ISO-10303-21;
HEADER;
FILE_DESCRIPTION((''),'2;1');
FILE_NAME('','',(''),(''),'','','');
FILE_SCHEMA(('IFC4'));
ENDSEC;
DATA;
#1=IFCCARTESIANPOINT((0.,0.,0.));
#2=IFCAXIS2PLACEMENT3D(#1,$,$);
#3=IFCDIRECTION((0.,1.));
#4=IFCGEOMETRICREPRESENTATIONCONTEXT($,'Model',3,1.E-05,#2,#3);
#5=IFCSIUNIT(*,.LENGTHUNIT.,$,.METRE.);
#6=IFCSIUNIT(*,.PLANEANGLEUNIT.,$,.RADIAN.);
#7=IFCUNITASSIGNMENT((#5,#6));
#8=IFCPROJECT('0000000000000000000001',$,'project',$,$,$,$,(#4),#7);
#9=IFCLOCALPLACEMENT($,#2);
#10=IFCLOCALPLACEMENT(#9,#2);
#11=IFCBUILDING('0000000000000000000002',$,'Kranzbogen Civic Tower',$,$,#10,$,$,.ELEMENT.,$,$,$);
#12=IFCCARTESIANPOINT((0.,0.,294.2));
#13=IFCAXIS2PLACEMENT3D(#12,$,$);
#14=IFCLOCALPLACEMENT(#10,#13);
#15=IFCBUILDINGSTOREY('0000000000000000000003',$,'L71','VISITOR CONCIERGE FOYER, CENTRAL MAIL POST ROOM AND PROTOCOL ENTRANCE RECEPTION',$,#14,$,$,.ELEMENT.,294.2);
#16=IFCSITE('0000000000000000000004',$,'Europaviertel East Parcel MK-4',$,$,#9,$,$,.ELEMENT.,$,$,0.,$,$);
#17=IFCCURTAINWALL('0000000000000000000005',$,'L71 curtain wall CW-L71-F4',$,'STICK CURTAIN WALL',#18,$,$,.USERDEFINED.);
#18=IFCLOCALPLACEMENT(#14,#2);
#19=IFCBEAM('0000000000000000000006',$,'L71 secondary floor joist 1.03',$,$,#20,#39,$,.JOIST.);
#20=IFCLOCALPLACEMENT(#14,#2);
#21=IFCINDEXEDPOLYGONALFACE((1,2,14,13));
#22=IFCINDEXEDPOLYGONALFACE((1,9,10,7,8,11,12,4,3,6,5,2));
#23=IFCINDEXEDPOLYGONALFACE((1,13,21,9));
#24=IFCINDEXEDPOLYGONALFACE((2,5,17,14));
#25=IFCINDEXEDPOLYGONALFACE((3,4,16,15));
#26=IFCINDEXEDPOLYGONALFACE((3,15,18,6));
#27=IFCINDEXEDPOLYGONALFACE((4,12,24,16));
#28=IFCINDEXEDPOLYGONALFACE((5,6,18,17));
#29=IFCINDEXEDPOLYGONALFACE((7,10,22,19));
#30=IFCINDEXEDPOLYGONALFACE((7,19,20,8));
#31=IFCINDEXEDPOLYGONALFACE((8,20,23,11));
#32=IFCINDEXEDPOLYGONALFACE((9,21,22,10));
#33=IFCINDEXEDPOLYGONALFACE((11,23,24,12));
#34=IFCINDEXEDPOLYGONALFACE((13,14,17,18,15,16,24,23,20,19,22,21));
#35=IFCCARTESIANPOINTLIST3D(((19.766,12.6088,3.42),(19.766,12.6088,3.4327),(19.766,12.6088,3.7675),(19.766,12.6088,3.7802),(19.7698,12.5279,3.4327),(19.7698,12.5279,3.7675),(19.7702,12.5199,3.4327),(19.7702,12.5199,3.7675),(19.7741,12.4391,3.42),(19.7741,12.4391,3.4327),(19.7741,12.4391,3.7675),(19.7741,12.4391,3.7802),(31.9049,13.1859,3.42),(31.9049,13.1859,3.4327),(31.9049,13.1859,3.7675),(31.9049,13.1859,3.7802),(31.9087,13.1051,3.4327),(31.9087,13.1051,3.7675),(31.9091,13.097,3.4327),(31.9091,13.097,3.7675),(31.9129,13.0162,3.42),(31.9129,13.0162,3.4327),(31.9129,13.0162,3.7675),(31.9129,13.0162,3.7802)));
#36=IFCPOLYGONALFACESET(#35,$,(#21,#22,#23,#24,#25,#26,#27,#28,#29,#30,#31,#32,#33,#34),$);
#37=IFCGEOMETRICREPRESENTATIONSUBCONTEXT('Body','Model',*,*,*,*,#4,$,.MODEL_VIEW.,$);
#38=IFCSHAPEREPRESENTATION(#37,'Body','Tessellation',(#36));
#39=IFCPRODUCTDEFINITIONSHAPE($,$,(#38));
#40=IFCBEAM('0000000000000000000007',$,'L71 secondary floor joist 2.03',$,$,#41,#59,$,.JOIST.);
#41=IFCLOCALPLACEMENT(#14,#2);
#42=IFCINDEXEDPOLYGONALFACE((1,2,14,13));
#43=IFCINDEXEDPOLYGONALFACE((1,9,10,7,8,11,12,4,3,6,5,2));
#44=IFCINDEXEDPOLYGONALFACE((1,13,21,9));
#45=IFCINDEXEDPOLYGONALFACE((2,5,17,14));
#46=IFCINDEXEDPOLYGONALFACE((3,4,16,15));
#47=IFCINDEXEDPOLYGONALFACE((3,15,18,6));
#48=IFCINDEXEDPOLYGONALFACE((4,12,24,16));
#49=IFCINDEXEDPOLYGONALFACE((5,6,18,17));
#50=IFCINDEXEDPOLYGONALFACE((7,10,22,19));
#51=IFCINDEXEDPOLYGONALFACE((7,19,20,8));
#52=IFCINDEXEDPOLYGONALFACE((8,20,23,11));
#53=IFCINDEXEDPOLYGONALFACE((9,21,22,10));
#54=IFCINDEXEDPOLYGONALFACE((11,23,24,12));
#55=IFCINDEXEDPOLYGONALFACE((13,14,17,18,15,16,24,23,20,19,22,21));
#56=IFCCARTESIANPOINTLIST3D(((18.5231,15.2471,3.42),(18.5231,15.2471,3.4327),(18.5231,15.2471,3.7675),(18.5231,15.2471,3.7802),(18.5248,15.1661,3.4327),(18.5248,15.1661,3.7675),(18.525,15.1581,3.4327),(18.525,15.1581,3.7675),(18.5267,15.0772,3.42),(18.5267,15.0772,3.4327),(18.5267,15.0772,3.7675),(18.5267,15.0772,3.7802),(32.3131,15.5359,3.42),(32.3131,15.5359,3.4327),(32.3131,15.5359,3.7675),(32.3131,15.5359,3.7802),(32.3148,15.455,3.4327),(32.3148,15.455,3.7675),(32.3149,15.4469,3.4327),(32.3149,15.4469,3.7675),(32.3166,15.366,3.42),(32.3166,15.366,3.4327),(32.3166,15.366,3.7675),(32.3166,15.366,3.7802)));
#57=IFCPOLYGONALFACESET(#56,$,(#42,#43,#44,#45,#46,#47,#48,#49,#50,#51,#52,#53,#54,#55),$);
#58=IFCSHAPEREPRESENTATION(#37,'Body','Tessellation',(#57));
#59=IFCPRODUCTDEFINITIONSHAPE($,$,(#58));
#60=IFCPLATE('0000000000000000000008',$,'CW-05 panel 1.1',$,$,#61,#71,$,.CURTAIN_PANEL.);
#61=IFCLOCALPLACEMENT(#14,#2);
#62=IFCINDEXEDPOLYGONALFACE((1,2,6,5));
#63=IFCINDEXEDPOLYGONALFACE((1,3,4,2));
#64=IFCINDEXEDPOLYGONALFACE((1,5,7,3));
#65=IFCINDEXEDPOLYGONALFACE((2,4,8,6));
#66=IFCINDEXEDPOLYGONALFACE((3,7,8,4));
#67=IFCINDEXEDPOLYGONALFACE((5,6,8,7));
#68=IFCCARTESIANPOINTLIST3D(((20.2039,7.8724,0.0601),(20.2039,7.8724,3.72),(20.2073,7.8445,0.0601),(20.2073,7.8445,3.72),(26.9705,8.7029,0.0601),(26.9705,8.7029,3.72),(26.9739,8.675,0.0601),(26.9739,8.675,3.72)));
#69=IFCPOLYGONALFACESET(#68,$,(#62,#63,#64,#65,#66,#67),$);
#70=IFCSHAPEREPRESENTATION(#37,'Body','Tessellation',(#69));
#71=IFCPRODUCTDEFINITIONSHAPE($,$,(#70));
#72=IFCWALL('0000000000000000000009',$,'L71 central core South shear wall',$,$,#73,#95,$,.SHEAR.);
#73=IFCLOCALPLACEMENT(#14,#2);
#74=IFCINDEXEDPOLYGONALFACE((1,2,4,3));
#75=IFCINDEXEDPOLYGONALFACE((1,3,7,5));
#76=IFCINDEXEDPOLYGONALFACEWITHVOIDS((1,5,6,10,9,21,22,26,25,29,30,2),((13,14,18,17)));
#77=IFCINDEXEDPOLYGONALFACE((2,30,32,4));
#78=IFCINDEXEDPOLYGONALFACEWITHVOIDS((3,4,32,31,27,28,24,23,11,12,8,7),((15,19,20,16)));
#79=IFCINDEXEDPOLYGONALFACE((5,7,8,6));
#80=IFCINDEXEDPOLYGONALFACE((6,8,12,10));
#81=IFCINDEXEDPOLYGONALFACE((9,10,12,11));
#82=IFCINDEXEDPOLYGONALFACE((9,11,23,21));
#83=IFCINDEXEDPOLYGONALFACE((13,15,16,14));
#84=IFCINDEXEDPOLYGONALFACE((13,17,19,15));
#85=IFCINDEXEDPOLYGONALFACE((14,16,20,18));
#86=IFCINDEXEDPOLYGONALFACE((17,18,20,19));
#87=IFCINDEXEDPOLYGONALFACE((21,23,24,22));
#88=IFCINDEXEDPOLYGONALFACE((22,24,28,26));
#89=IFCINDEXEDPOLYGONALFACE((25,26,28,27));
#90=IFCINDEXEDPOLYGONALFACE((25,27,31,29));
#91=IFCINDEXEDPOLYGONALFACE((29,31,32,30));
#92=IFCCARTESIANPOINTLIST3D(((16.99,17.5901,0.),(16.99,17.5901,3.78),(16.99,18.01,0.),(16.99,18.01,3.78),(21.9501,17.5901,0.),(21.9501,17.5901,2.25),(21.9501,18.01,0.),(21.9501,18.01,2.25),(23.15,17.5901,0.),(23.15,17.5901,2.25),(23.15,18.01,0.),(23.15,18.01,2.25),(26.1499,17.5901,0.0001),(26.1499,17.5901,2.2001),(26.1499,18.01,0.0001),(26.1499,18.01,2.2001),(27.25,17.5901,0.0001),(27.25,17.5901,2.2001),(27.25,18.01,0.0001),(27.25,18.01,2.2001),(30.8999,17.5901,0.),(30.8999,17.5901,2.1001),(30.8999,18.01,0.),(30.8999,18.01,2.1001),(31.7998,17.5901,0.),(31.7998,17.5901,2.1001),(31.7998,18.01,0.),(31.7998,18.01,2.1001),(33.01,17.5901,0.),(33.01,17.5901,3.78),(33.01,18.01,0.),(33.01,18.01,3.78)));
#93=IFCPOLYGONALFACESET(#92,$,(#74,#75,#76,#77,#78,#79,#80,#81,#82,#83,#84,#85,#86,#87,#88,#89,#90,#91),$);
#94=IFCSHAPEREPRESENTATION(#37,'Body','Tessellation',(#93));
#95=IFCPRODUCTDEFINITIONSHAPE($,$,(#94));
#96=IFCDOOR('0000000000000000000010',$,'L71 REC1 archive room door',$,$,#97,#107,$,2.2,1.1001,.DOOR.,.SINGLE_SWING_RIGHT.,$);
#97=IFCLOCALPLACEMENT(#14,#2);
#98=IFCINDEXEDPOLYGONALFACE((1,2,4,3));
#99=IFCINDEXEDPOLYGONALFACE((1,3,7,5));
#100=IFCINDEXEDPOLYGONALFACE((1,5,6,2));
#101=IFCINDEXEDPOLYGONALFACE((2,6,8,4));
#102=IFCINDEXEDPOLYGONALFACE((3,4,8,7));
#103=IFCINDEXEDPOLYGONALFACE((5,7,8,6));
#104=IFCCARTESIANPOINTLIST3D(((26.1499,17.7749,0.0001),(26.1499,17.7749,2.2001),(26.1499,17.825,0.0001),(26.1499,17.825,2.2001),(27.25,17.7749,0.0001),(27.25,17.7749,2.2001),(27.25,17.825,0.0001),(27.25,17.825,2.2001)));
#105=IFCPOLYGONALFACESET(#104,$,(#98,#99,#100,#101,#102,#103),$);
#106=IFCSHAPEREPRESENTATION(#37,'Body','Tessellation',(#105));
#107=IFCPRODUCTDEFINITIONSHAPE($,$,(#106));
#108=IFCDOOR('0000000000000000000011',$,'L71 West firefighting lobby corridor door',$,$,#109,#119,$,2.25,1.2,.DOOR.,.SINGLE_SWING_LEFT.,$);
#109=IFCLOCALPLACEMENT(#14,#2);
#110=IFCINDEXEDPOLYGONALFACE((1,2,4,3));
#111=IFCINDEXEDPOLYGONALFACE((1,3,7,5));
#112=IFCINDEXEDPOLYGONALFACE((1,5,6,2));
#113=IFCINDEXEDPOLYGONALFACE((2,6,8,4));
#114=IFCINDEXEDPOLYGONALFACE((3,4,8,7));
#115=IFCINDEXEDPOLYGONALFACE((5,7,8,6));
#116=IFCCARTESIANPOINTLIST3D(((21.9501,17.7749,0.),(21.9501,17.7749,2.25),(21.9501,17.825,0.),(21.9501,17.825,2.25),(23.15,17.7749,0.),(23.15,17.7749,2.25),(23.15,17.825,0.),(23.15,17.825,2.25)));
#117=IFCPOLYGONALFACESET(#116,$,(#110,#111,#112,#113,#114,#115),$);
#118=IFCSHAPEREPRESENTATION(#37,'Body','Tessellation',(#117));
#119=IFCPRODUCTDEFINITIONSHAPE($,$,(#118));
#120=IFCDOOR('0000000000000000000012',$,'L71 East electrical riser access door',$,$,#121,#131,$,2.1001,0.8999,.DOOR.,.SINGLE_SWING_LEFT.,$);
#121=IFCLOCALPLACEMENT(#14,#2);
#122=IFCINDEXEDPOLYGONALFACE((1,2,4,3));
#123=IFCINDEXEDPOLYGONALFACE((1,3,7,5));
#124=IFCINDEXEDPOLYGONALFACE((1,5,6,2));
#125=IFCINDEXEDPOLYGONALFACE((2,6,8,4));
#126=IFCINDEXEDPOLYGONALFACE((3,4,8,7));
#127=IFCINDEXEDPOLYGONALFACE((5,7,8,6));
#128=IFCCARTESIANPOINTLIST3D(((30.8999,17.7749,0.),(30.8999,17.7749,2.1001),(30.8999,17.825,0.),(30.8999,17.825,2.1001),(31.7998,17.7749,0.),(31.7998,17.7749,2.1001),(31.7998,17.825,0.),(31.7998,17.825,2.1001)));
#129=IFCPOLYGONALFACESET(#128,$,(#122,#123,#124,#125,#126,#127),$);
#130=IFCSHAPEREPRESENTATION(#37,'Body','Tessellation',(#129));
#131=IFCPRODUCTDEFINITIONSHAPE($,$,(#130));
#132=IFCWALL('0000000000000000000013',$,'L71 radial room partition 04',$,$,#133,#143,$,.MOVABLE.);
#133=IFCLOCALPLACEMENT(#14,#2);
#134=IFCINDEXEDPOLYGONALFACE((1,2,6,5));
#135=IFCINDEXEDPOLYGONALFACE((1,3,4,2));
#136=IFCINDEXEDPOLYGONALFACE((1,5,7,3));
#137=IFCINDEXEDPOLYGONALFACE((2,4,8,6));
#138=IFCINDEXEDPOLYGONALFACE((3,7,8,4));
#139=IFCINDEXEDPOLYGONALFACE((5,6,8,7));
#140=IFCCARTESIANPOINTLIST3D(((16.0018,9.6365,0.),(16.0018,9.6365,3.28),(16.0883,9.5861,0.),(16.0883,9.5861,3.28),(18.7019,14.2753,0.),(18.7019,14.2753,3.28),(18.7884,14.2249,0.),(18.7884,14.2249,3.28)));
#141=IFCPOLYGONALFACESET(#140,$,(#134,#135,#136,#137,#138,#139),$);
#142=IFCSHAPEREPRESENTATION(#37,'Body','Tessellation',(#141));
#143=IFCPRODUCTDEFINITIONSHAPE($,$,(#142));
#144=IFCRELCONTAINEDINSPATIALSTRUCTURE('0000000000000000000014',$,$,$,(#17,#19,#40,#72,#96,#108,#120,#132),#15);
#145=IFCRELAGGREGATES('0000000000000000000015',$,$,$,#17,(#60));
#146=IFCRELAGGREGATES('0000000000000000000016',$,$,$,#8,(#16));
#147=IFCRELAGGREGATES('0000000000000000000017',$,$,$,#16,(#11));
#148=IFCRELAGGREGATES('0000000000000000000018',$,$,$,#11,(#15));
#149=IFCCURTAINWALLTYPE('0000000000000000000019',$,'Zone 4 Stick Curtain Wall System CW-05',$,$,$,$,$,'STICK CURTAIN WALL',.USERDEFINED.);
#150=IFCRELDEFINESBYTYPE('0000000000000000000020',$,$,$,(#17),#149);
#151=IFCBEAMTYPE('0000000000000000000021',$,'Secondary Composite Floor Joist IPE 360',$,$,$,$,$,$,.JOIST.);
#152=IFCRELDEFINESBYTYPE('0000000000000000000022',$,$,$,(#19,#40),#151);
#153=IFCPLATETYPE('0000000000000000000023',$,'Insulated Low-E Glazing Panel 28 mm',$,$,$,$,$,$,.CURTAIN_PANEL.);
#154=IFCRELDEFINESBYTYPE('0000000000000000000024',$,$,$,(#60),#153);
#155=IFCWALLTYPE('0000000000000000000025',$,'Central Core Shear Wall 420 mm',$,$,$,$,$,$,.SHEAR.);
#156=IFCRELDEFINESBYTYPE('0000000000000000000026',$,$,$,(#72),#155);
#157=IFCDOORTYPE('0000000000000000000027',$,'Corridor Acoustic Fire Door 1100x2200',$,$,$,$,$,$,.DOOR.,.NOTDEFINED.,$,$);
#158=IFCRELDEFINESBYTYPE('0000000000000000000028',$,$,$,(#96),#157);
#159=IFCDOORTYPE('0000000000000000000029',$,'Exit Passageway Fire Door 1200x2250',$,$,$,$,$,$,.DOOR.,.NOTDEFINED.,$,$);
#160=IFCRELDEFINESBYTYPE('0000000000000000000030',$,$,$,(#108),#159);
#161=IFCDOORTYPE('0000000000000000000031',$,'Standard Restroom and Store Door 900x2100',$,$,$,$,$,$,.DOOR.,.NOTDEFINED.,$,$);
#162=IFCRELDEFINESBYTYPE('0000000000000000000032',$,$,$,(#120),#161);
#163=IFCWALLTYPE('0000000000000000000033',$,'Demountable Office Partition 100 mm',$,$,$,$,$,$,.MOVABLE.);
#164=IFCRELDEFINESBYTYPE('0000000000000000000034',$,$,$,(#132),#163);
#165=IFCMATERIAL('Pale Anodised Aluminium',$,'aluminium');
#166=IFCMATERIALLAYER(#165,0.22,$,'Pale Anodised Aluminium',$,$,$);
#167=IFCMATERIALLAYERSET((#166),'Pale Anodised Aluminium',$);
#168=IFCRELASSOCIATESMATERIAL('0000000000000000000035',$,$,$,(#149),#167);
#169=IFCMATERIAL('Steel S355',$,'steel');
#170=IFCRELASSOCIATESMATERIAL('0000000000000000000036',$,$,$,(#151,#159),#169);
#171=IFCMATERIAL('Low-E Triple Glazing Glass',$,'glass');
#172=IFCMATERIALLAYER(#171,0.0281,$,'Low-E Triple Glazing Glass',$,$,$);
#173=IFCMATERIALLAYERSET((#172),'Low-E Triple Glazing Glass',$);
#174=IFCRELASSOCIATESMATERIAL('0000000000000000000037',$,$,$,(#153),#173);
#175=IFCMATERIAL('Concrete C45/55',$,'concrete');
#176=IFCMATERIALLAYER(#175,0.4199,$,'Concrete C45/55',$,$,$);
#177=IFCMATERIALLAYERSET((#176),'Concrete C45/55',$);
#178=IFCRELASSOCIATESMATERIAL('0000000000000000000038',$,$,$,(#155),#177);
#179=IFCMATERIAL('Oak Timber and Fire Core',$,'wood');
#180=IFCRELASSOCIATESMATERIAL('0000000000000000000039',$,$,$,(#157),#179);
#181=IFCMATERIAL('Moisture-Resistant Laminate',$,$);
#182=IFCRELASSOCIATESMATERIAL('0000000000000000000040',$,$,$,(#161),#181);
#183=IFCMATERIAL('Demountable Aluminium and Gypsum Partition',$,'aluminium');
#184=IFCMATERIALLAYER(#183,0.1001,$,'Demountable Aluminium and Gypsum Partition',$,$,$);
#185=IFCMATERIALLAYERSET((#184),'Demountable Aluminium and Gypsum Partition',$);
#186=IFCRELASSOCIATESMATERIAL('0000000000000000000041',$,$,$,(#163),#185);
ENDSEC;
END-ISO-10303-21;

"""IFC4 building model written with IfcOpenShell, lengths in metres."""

from ifc_helpers import new_model, si_unit, direction, frame, frame_2d, origin, origin_2d, place, context, subcontext, project, spatial, rectangle, i_section, extrude, material, layer, layer_set, material_profile, profile_set, type_object, element, fill, aggregate, save


model = new_model("IFC4")

# Units and contexts
model_context = context("Model", 3, precision=1e-05, world=origin(), true_north=direction((0.0, 1.0)))
body_context = subcontext(model_context, "Body", "Model", "MODEL_VIEW")
ifc_project = project(units=[si_unit("LENGTHUNIT", "METRE"), si_unit("PLANEANGLEUNIT", "RADIAN")], contexts=[model_context])

# Site, building, storey
site_placement = place(None, origin())
site = spatial("IfcSite", under=ifc_project, at=site_placement, Name="Europaviertel East Parcel MK-4", CompositionType="ELEMENT", RefElevation=0.0)
building_placement = place(site_placement, origin())
building = spatial("IfcBuilding", under=site, at=building_placement, Name="Kranzbogen Civic Tower", CompositionType="ELEMENT")
storey_placement = place(building_placement, frame((0.0, 0.0, 294.2)))
storey = spatial("IfcBuildingStorey", under=building, at=storey_placement, Name="L71", Description="VISITOR CONCIERGE FOYER, CENTRAL MAIL POST ROOM AND PROTOCOL ENTRANCE RECEPTION", CompositionType="ELEMENT", Elevation=294.2)

# Shared definitions
ifc_material_1 = material(Name="Steel S355", Category="steel")

# Curtain wall
ifc_material_2 = material(Name="Pale Anodised Aluminium", Category="aluminium")
ifc_layer_1 = layer(ifc_material_2, 0.22, Name="Pale Anodised Aluminium")
ifc_layer_set_1 = layer_set([ifc_layer_1], Name="Pale Anodised Aluminium")
curtain_wall_type = type_object("IfcCurtainWallType", Name="Zone 4 Stick Curtain Wall System CW-05", ElementType="STICK CURTAIN WALL", PredefinedType="USERDEFINED", material=ifc_layer_set_1)
curtain_wall_placement = place(storey_placement, origin())
curtain_wall = element("IfcCurtainWall", 1, at=curtain_wall_placement, inside=storey, type_object=curtain_wall_type, Name="L71 curtain wall CW-L71-F4", ObjectType="STICK CURTAIN WALL", PredefinedType="USERDEFINED")

# Beams
ifc_material_profile_1 = material_profile(ifc_material_1, i_section(OverallWidth=0.1699, OverallDepth=0.3601, WebThickness=0.0081, FlangeThickness=0.0127, at=origin_2d()), Name="IPE 360")
ifc_profile_set_1 = profile_set([ifc_material_profile_1], Name="Steel S355")
beam_type_1 = type_object("IfcBeamType", Name="Secondary Composite Floor Joist IPE 360", PredefinedType="JOIST", material=ifc_profile_set_1)
beam_1_placement = place(storey_placement, frame((19.77, 12.5239, 3.6001), z_axis=(0.998872, 0.047492, 0.0), x_axis=(-0.047492, 0.998872, 0.0)))
element("IfcBeam", 2, at=beam_1_placement, inside=storey, type_object=beam_type_1, Name="L71 secondary floor joist 1.03", PredefinedType="JOIST", context=body_context, shape_type="SweptSolid", body=[
    extrude(i_section(OverallWidth=0.1699, OverallDepth=0.3601, WebThickness=0.0081, FlangeThickness=0.0127, at=origin_2d()), origin(), (0.0, 0.0, 1.0), 12.1526),
])
beam_2_placement = place(storey_placement, frame((18.5249, 15.1621, 3.6001), z_axis=(0.999781, 0.020939, 0.0), x_axis=(-0.020939, 0.999781, 0.0)))
element("IfcBeam", 3, at=beam_2_placement, inside=storey, type_object=beam_type_1, Name="L71 secondary floor joist 2.03", PredefinedType="JOIST", context=body_context, shape_type="SweptSolid", body=[
    extrude(i_section(OverallWidth=0.1699, OverallDepth=0.3601, WebThickness=0.0081, FlangeThickness=0.0127, at=origin_2d()), origin(), (0.0, 0.0, 1.0), 13.793),
])

# Plate
ifc_material_3 = material(Name="Low-E Triple Glazing Glass", Category="glass")
ifc_layer_2 = layer(ifc_material_3, 0.0281, Name="Low-E Triple Glazing Glass")
ifc_layer_set_2 = layer_set([ifc_layer_2], Name="Low-E Triple Glazing Glass")
plate_type = type_object("IfcPlateType", Name="Insulated Low-E Glazing Panel 28 mm", PredefinedType="CURTAIN_PANEL", material=ifc_layer_set_2)
plate_placement = place(storey_placement, frame((23.5889, 8.2737, 0.0601), z_axis=(0.0, 0.0, 1.0), x_axis=(0.992552, 0.121825, 0.0)))
plate = element("IfcPlate", 4, at=plate_placement, type_object=plate_type, Name="CW-05 panel 1.1", PredefinedType="CURTAIN_PANEL", context=body_context, shape_type="SweptSolid", body=[
    extrude(rectangle(XDim=6.8174, YDim=0.0281, at=origin_2d()), origin(), (0.0, 0.0, 1.0), 3.6599),
])
aggregate(curtain_wall, [plate])

# Wall, openings, doors
ifc_material_4 = material(Name="Concrete C45/55", Category="concrete")
ifc_layer_3 = layer(ifc_material_4, 0.4199, Name="Concrete C45/55")
ifc_layer_set_3 = layer_set([ifc_layer_3], Name="Concrete C45/55")
wall_type_1 = type_object("IfcWallType", Name="Central Core Shear Wall 420 mm", PredefinedType="SHEAR", material=ifc_layer_set_3)
wall_1_placement = place(storey_placement, frame((16.99, 17.8, 0.0), z_axis=(0.0, 0.0, 1.0), x_axis=(1.0, 0.0, 0.0)))
wall_1 = element("IfcWall", 5, at=wall_1_placement, inside=storey, type_object=wall_type_1, Name="L71 central core South shear wall", PredefinedType="SHEAR", context=body_context, shape_type="SweptSolid", body=[
    extrude(rectangle(XDim=16.02, YDim=0.4199, at=frame_2d((8.01, 0.0))), origin(), (0.0, 0.0, 1.0), 3.78),
])
opening_1_placement = place(wall_1_placement, frame((4.96, 0.0, 0.0)))
opening_1 = element("IfcOpeningElement", 6, at=opening_1_placement, cuts=wall_1, PredefinedType="OPENING", context=body_context, shape_type="SweptSolid", body=[
    extrude(rectangle(XDim=1.2, YDim=2.25, at=frame_2d((0.6001, 1.125))), frame((0.0, 0.22, 0.0), z_axis=(0.0, -1.0, 0.0), x_axis=(1.0, 0.0, 0.0)), (0.0, 0.0, 1.0), 0.4399),
])
opening_2_placement = place(wall_1_placement, frame((13.9099, 0.0, 0.0)))
opening_2 = element("IfcOpeningElement", 7, at=opening_2_placement, cuts=wall_1, PredefinedType="OPENING", context=body_context, shape_type="SweptSolid", body=[
    extrude(rectangle(XDim=0.8999, YDim=2.1001, at=frame_2d((0.45, 1.05))), frame((0.0, 0.22, 0.0), z_axis=(0.0, -1.0, 0.0), x_axis=(1.0, 0.0, 0.0)), (0.0, 0.0, 1.0), 0.4399),
])
opening_3_placement = place(wall_1_placement, frame((9.1599, 0.0, 0.0)))
opening_3 = element("IfcOpeningElement", 8, at=opening_3_placement, cuts=wall_1, PredefinedType="OPENING", context=body_context, shape_type="SweptSolid", body=[
    extrude(rectangle(XDim=1.1001, YDim=2.2, at=frame_2d((0.55, 1.1001))), frame((0.0, 0.22, 0.0), z_axis=(0.0, -1.0, 0.0), x_axis=(1.0, 0.0, 0.0)), (0.0, 0.0, 1.0), 0.4399),
])
ifc_material_5 = material(Name="Oak Timber and Fire Core", Category="wood")
door_type_1 = type_object("IfcDoorType", Name="Corridor Acoustic Fire Door 1100x2200", OperationType="NOTDEFINED", PredefinedType="DOOR", material=ifc_material_5)
door_1_placement = place(opening_3_placement, origin())
door_1 = element("IfcDoor", 9, at=door_1_placement, inside=storey, type_object=door_type_1, Name="L71 REC1 archive room door", OperationType="SINGLE_SWING_RIGHT", OverallHeight=2.2, OverallWidth=1.1001, PredefinedType="DOOR", context=body_context, shape_type="SweptSolid", body=[
    extrude(rectangle(XDim=1.1001, YDim=2.2, at=frame_2d((0.55, 1.1001))), frame((0.0, 0.0249, 0.0), z_axis=(0.0, -1.0, 0.0), x_axis=(1.0, 0.0, 0.0)), (0.0, 0.0, 1.0), 0.05),
])
fill(opening_3, door_1)
door_type_2 = type_object("IfcDoorType", Name="Exit Passageway Fire Door 1200x2250", OperationType="NOTDEFINED", PredefinedType="DOOR", material=ifc_material_1)
door_2_placement = place(opening_1_placement, origin())
door_2 = element("IfcDoor", 10, at=door_2_placement, inside=storey, type_object=door_type_2, Name="L71 West firefighting lobby corridor door", OperationType="SINGLE_SWING_LEFT", OverallHeight=2.25, OverallWidth=1.2, PredefinedType="DOOR", context=body_context, shape_type="SweptSolid", body=[
    extrude(rectangle(XDim=1.2, YDim=2.25, at=frame_2d((0.6001, 1.125))), frame((0.0, 0.0249, 0.0), z_axis=(0.0, -1.0, 0.0), x_axis=(1.0, 0.0, 0.0)), (0.0, 0.0, 1.0), 0.05),
])
fill(opening_1, door_2)
ifc_material_6 = material(Name="Moisture-Resistant Laminate")
door_type_3 = type_object("IfcDoorType", Name="Standard Restroom and Store Door 900x2100", OperationType="NOTDEFINED", PredefinedType="DOOR", material=ifc_material_6)
door_3_placement = place(opening_2_placement, origin())
door_3 = element("IfcDoor", 11, at=door_3_placement, inside=storey, type_object=door_type_3, Name="L71 East electrical riser access door", OperationType="SINGLE_SWING_LEFT", OverallHeight=2.1001, OverallWidth=0.8999, PredefinedType="DOOR", context=body_context, shape_type="SweptSolid", body=[
    extrude(rectangle(XDim=0.8999, YDim=2.1001, at=frame_2d((0.45, 1.05))), frame((0.0, 0.0249, 0.0), z_axis=(0.0, -1.0, 0.0), x_axis=(1.0, 0.0, 0.0)), (0.0, 0.0, 1.0), 0.05),
])
fill(opening_2, door_3)

# Wall
ifc_material_7 = material(Name="Demountable Aluminium and Gypsum Partition", Category="aluminium")
ifc_layer_4 = layer(ifc_material_7, 0.1001, Name="Demountable Aluminium and Gypsum Partition")
ifc_layer_set_4 = layer_set([ifc_layer_4], Name="Demountable Aluminium and Gypsum Partition")
wall_type_2 = type_object("IfcWallType", Name="Demountable Office Partition 100 mm", PredefinedType="MOVABLE", material=ifc_layer_set_4)
wall_2_placement = place(storey_placement, frame((18.7451, 14.25, 0.0), z_axis=(0.0, 0.0, 1.0), x_axis=(-0.503059, -0.864252, 0.0)))
element("IfcWall", 12, at=wall_2_placement, inside=storey, type_object=wall_type_2, Name="L71 radial room partition 04", PredefinedType="MOVABLE", context=body_context, shape_type="SweptSolid", body=[
    extrude(rectangle(XDim=5.3674, YDim=0.1001, at=frame_2d((2.6836, 0.0))), origin(), (0.0, 0.0, 1.0), 3.28),
])

save(model, "model.ifc")
